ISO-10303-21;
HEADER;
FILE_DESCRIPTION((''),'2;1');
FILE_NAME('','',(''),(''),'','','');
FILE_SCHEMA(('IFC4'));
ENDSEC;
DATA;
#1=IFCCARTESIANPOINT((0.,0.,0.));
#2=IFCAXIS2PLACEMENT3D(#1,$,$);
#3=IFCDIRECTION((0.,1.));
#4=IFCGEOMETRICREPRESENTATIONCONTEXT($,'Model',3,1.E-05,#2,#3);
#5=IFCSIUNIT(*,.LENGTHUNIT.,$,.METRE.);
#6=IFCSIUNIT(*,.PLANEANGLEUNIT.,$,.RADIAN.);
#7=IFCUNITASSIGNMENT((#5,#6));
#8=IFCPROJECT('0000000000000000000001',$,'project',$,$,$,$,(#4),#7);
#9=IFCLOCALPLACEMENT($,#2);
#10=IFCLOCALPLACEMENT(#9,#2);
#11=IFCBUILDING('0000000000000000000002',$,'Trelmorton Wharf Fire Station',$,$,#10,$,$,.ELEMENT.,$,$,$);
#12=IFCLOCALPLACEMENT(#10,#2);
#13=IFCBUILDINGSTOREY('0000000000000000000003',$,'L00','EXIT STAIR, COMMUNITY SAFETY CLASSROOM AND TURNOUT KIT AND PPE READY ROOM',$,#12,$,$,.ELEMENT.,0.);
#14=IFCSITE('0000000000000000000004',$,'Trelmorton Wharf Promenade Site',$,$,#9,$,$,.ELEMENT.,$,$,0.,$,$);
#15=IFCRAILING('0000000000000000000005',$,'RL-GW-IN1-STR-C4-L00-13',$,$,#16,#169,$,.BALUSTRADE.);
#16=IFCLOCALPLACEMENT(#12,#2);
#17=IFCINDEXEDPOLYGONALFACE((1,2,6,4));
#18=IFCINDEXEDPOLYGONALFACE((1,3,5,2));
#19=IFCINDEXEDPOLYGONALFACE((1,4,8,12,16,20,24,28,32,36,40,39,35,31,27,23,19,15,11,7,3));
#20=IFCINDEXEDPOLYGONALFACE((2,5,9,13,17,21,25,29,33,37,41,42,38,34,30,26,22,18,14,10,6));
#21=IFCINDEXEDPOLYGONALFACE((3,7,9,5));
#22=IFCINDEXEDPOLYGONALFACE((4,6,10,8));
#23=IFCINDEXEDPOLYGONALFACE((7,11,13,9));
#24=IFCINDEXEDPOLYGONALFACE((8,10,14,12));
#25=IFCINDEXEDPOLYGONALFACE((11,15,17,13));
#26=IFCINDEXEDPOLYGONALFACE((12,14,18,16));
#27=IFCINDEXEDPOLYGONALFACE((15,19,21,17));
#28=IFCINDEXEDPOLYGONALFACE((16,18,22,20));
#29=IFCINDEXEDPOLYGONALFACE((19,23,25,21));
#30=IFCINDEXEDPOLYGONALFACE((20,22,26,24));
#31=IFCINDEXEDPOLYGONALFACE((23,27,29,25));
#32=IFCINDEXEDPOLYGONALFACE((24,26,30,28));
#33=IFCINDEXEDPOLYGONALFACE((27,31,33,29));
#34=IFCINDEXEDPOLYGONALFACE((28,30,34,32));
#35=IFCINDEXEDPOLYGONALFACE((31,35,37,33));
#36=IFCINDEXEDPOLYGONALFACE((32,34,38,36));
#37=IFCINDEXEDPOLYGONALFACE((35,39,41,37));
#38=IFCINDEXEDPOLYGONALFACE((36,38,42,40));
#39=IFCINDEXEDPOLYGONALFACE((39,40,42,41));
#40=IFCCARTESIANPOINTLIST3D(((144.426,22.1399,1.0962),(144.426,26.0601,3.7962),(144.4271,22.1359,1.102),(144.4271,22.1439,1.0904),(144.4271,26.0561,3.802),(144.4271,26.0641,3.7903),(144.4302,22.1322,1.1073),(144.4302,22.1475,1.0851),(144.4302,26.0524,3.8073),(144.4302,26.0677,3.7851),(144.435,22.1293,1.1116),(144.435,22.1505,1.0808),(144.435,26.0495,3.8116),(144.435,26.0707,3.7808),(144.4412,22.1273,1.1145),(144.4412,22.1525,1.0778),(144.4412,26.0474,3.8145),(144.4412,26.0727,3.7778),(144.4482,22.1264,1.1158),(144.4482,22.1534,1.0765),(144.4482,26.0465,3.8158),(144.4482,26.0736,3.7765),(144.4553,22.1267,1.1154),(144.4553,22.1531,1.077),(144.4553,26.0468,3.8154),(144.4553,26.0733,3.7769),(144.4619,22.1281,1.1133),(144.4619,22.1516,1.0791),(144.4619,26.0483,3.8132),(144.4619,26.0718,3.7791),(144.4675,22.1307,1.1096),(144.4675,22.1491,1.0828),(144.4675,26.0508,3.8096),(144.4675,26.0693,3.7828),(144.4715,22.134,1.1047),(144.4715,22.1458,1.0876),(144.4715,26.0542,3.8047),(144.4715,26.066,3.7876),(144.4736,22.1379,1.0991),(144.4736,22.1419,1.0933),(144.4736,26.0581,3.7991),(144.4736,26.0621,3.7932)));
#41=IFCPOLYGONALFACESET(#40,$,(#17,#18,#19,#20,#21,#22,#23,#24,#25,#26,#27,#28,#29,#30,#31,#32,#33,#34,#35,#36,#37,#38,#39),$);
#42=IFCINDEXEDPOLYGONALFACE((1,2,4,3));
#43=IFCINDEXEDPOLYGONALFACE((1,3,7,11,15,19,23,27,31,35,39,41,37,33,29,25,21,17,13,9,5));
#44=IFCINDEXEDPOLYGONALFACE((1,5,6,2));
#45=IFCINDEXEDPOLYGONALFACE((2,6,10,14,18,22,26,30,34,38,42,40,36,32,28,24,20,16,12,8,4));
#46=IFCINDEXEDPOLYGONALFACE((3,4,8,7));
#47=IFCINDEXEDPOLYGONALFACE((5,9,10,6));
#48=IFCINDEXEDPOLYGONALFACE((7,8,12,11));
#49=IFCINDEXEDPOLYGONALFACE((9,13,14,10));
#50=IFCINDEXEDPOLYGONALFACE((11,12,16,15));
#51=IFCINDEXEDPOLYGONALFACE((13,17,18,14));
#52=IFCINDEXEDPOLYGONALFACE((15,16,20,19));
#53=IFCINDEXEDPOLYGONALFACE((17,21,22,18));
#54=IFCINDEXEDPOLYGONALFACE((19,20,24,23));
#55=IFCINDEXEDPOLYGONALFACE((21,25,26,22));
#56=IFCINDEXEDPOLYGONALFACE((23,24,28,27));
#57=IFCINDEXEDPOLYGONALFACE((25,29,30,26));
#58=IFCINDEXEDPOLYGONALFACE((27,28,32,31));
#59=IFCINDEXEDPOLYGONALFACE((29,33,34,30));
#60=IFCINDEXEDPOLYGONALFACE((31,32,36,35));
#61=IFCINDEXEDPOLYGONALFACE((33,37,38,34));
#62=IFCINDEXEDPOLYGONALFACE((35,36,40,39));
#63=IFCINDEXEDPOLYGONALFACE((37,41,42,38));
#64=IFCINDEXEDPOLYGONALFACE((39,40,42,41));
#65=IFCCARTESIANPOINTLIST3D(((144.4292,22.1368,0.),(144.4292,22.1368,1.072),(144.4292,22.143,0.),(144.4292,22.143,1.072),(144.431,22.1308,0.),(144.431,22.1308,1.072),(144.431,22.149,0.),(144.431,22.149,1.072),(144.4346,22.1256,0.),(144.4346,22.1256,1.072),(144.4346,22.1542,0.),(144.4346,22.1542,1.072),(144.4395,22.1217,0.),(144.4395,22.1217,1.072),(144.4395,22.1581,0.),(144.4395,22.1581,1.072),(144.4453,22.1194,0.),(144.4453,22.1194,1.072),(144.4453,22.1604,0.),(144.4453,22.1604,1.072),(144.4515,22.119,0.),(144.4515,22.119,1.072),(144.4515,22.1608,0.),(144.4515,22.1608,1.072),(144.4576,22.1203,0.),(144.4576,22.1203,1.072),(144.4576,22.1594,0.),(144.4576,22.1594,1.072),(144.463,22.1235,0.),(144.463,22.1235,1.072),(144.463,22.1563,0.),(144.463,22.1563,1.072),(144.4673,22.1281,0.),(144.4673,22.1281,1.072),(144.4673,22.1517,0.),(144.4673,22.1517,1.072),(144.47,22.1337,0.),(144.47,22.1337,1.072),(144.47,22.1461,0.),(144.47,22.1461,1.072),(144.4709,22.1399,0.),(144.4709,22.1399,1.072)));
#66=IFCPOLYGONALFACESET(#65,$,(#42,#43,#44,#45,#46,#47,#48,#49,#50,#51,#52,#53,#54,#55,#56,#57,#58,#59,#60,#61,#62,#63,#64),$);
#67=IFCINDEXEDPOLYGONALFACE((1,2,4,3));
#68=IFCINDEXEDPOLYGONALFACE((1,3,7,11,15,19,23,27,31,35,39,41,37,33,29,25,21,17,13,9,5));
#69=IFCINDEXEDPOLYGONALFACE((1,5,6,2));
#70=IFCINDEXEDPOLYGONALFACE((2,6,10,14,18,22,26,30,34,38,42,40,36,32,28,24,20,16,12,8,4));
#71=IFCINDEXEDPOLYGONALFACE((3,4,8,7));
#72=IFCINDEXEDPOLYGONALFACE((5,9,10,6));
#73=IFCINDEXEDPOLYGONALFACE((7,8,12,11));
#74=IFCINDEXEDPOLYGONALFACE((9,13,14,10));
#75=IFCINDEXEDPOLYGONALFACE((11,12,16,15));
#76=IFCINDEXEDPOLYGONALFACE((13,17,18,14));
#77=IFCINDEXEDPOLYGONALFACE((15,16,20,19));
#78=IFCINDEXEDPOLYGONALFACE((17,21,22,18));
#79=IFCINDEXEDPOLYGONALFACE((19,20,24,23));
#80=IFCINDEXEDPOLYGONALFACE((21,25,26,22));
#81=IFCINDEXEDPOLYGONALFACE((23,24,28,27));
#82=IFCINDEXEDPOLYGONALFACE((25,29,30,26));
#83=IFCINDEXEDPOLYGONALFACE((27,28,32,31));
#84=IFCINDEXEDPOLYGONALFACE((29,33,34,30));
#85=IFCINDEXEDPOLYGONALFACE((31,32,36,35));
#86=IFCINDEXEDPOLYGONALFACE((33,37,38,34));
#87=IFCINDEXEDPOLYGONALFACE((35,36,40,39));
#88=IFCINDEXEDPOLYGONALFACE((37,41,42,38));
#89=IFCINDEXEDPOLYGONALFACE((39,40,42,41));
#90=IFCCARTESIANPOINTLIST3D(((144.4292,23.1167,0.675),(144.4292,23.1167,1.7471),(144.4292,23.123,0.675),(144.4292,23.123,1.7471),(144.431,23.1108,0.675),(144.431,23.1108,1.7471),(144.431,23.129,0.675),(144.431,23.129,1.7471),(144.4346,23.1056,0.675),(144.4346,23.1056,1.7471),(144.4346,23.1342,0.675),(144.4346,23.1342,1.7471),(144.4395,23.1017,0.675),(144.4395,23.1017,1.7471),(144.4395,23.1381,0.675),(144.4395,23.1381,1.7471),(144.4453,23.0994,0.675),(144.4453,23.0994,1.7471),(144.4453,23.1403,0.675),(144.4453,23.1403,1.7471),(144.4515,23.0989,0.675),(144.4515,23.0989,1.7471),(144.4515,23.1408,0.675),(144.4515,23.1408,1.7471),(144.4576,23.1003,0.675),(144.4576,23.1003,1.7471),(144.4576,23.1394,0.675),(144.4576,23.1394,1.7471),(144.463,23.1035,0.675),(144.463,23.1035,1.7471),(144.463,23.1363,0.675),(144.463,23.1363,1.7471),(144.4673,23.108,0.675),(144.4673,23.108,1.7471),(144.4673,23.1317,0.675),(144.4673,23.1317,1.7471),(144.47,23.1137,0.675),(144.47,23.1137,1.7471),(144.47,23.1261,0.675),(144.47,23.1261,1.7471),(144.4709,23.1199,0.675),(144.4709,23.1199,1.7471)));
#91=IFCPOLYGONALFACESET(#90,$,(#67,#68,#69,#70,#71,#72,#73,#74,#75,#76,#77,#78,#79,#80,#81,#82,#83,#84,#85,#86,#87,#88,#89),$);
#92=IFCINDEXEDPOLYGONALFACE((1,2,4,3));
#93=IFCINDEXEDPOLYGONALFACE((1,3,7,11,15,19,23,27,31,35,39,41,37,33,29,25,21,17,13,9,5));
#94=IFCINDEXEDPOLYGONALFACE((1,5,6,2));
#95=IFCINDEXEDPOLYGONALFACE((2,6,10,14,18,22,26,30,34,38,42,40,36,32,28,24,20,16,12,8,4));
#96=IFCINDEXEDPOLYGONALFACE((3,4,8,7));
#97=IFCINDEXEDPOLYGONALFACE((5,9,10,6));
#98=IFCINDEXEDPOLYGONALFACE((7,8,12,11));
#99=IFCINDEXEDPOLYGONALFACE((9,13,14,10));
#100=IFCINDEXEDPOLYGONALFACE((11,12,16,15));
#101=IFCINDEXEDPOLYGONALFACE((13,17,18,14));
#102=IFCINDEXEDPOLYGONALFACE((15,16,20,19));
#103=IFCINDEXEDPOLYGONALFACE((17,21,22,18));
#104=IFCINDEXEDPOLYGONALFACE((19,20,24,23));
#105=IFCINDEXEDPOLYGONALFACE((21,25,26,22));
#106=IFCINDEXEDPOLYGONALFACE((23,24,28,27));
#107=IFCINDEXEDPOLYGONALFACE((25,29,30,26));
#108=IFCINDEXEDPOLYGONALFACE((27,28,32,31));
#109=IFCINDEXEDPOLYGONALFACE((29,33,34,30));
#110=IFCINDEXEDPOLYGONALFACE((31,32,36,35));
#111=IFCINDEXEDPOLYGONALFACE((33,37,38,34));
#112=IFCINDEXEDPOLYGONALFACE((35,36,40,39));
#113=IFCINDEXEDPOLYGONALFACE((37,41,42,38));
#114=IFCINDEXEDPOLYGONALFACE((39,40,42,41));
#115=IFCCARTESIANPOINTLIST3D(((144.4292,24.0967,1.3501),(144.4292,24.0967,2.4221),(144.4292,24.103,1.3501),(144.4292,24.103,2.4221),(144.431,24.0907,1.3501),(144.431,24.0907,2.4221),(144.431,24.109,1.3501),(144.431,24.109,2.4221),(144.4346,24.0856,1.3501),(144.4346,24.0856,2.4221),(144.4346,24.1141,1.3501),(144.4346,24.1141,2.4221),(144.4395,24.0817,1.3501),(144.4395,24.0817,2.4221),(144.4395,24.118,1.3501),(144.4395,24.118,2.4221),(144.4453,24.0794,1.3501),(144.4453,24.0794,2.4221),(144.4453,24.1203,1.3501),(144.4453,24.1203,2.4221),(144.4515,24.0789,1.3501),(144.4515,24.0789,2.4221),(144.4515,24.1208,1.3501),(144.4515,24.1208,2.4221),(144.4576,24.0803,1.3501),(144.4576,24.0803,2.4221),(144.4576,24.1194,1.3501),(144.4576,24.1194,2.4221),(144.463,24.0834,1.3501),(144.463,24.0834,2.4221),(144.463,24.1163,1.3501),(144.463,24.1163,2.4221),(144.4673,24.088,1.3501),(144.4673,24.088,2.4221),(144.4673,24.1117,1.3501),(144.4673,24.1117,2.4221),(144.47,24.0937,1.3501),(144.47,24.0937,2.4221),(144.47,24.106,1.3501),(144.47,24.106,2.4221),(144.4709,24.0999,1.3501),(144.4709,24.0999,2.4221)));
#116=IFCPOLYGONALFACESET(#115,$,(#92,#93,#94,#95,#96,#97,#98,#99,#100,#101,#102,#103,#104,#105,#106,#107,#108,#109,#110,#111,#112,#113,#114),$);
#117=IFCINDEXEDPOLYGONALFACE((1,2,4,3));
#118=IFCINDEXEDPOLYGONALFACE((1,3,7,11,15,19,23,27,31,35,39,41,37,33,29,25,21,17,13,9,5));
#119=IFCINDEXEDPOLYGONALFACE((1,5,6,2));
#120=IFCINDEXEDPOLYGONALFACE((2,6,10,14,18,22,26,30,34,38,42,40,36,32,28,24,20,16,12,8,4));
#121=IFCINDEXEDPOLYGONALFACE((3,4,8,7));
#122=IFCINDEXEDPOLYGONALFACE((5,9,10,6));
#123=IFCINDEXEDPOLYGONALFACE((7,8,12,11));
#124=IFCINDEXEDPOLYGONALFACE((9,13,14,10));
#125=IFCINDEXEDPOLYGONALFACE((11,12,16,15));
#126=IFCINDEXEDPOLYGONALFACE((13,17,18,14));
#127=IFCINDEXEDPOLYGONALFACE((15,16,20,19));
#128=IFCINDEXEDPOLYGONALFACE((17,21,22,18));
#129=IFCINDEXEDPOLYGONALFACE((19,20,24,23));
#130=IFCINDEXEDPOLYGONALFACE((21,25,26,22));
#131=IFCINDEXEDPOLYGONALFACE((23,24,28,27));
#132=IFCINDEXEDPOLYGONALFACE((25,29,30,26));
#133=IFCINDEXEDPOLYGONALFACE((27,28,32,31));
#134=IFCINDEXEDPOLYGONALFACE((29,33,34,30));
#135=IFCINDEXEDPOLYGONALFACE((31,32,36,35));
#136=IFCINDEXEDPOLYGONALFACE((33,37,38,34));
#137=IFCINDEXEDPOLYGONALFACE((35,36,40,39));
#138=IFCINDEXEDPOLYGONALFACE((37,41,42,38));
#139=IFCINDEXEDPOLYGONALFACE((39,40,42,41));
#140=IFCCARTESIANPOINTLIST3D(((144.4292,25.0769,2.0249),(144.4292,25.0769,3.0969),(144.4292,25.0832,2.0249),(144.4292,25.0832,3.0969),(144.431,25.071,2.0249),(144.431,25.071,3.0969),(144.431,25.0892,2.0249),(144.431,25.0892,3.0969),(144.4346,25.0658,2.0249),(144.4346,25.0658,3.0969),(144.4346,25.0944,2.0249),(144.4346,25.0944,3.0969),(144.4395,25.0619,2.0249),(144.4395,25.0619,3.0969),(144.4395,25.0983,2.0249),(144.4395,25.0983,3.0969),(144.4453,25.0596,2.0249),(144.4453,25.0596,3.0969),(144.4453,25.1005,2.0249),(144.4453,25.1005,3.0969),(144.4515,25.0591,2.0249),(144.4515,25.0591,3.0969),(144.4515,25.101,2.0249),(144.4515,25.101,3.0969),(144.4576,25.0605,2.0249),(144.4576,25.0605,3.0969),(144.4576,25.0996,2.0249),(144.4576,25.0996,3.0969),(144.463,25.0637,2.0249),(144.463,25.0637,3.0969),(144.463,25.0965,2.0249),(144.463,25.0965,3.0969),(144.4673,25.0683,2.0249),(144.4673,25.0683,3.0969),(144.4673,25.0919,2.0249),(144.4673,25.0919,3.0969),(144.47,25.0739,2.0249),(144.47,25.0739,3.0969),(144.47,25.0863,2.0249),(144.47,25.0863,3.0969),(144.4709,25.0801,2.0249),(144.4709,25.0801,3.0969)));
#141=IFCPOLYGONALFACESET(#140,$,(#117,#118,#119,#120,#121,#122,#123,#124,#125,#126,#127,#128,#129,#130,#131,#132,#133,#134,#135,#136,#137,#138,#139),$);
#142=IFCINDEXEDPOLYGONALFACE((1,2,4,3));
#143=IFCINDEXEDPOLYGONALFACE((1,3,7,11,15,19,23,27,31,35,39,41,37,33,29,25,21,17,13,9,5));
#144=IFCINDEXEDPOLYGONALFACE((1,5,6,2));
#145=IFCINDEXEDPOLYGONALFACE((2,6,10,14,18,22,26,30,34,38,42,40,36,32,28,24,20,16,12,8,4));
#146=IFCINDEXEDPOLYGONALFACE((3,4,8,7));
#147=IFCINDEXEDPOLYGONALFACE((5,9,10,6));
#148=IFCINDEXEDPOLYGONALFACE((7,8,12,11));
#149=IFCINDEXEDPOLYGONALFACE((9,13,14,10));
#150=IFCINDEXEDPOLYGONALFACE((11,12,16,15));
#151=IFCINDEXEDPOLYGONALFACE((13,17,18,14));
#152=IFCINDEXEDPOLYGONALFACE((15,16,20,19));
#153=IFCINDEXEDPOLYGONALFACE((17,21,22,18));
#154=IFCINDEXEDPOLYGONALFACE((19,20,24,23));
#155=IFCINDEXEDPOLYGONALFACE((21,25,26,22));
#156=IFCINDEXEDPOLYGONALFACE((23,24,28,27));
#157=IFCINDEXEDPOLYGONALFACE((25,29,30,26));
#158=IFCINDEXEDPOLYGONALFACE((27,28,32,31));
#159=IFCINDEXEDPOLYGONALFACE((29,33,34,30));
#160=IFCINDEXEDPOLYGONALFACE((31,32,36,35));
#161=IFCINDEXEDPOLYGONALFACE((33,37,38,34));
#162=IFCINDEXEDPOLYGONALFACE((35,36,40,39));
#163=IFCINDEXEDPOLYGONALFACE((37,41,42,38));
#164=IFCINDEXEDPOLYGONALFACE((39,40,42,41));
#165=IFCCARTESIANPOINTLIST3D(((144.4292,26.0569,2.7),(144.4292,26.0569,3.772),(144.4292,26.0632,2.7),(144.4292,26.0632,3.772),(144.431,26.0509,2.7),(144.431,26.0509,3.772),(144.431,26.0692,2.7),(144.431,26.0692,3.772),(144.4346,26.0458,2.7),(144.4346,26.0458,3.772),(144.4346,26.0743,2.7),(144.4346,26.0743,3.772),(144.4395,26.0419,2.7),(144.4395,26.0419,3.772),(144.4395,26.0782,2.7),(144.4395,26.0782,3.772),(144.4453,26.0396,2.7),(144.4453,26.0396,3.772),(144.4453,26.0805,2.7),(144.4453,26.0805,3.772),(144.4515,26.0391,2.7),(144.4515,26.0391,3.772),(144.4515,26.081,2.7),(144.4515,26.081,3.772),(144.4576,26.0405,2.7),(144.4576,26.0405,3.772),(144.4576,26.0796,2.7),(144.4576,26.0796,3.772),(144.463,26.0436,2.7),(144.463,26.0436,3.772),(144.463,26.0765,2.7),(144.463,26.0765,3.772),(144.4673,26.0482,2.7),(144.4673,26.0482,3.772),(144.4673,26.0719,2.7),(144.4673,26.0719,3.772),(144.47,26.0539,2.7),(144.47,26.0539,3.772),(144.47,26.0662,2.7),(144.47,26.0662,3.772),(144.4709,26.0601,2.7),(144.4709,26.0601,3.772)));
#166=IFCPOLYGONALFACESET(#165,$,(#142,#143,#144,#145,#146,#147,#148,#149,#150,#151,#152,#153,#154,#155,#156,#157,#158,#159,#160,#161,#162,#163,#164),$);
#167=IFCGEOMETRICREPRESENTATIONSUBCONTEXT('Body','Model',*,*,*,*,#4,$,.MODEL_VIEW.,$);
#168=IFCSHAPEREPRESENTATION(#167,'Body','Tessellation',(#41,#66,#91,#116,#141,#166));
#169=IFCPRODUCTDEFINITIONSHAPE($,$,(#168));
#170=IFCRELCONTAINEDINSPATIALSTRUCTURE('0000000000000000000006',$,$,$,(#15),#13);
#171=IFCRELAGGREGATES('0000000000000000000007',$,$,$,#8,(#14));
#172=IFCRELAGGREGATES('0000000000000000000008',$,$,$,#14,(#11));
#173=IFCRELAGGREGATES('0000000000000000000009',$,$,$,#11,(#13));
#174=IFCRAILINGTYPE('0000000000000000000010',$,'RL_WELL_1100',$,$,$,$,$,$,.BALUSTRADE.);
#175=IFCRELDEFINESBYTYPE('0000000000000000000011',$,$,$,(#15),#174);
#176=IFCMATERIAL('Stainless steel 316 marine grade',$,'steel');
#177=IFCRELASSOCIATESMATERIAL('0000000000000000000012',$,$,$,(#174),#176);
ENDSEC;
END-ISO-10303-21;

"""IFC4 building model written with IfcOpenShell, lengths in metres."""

from ifc_helpers import new_model, si_unit, direction, frame, origin, origin_2d, place, context, subcontext, project, spatial, circle, extrude, material, type_object, element, save


model = new_model("IFC4")

# Units and contexts
model_context = context("Model", 3, precision=1e-05, world=origin(), true_north=direction((0.0, 1.0)))
body_context = subcontext(model_context, "Body", "Model", "MODEL_VIEW")
ifc_project = project(units=[si_unit("LENGTHUNIT", "METRE"), si_unit("PLANEANGLEUNIT", "RADIAN")], contexts=[model_context])

# Site, building, storey
site_placement = place(None, origin())
site = spatial("IfcSite", under=ifc_project, at=site_placement, Name="Trelmorton Wharf Promenade Site", CompositionType="ELEMENT", RefElevation=0.0)
building_placement = place(site_placement, origin())
building = spatial("IfcBuilding", under=site, at=building_placement, Name="Trelmorton Wharf Fire Station", CompositionType="ELEMENT")
storey_placement = place(building_placement, origin())
storey = spatial("IfcBuildingStorey", under=building, at=storey_placement, Name="L00", Description="EXIT STAIR, COMMUNITY SAFETY CLASSROOM AND TURNOUT KIT AND PPE READY ROOM", CompositionType="ELEMENT", Elevation=0.0)

# Shared definitions
ifc_material_1 = material(Name="Stainless steel 316 marine grade", Category="steel")

# Railing
railing_type_1 = type_object("IfcRailingType", Name="RL_WELL_1100", PredefinedType="BALUSTRADE", material=ifc_material_1)
railing_1_placement = place(storey_placement, frame((144.45, 22.1399, 0.0)))
element("IfcRailing", 1, at=railing_1_placement, inside=storey, type_object=railing_type_1, Name="RL-GW-IN1-STR-C4-L00-13", PredefinedType="BALUSTRADE", context=body_context, shape_type="SweptSolid", body=[
    extrude(circle(Radius=0.0239, at=origin_2d()), frame((0.0, 0.0, 1.0962), z_axis=(0.0, 0.823567, 0.567219), x_axis=(-1.0, 0.0, 0.0)), (0.0, 0.0, 1.0), 4.76),
    extrude(circle(Radius=0.021, at=origin_2d()), origin(), (0.0, 0.0, 1.0), 1.072),
    extrude(circle(Radius=0.021, at=origin_2d()), frame((0.0, 0.98, 0.675)), (0.0, 0.0, 1.0), 1.072),
    extrude(circle(Radius=0.021, at=origin_2d()), frame((0.0, 1.96, 1.3501)), (0.0, 0.0, 1.0), 1.072),
    extrude(circle(Radius=0.021, at=origin_2d()), frame((0.0, 2.9402, 2.0249)), (0.0, 0.0, 1.0), 1.072),
    extrude(circle(Radius=0.021, at=origin_2d()), frame((0.0, 3.9202, 2.7)), (0.0, 0.0, 1.0), 1.072),
])

save(model, "model.ifc")
